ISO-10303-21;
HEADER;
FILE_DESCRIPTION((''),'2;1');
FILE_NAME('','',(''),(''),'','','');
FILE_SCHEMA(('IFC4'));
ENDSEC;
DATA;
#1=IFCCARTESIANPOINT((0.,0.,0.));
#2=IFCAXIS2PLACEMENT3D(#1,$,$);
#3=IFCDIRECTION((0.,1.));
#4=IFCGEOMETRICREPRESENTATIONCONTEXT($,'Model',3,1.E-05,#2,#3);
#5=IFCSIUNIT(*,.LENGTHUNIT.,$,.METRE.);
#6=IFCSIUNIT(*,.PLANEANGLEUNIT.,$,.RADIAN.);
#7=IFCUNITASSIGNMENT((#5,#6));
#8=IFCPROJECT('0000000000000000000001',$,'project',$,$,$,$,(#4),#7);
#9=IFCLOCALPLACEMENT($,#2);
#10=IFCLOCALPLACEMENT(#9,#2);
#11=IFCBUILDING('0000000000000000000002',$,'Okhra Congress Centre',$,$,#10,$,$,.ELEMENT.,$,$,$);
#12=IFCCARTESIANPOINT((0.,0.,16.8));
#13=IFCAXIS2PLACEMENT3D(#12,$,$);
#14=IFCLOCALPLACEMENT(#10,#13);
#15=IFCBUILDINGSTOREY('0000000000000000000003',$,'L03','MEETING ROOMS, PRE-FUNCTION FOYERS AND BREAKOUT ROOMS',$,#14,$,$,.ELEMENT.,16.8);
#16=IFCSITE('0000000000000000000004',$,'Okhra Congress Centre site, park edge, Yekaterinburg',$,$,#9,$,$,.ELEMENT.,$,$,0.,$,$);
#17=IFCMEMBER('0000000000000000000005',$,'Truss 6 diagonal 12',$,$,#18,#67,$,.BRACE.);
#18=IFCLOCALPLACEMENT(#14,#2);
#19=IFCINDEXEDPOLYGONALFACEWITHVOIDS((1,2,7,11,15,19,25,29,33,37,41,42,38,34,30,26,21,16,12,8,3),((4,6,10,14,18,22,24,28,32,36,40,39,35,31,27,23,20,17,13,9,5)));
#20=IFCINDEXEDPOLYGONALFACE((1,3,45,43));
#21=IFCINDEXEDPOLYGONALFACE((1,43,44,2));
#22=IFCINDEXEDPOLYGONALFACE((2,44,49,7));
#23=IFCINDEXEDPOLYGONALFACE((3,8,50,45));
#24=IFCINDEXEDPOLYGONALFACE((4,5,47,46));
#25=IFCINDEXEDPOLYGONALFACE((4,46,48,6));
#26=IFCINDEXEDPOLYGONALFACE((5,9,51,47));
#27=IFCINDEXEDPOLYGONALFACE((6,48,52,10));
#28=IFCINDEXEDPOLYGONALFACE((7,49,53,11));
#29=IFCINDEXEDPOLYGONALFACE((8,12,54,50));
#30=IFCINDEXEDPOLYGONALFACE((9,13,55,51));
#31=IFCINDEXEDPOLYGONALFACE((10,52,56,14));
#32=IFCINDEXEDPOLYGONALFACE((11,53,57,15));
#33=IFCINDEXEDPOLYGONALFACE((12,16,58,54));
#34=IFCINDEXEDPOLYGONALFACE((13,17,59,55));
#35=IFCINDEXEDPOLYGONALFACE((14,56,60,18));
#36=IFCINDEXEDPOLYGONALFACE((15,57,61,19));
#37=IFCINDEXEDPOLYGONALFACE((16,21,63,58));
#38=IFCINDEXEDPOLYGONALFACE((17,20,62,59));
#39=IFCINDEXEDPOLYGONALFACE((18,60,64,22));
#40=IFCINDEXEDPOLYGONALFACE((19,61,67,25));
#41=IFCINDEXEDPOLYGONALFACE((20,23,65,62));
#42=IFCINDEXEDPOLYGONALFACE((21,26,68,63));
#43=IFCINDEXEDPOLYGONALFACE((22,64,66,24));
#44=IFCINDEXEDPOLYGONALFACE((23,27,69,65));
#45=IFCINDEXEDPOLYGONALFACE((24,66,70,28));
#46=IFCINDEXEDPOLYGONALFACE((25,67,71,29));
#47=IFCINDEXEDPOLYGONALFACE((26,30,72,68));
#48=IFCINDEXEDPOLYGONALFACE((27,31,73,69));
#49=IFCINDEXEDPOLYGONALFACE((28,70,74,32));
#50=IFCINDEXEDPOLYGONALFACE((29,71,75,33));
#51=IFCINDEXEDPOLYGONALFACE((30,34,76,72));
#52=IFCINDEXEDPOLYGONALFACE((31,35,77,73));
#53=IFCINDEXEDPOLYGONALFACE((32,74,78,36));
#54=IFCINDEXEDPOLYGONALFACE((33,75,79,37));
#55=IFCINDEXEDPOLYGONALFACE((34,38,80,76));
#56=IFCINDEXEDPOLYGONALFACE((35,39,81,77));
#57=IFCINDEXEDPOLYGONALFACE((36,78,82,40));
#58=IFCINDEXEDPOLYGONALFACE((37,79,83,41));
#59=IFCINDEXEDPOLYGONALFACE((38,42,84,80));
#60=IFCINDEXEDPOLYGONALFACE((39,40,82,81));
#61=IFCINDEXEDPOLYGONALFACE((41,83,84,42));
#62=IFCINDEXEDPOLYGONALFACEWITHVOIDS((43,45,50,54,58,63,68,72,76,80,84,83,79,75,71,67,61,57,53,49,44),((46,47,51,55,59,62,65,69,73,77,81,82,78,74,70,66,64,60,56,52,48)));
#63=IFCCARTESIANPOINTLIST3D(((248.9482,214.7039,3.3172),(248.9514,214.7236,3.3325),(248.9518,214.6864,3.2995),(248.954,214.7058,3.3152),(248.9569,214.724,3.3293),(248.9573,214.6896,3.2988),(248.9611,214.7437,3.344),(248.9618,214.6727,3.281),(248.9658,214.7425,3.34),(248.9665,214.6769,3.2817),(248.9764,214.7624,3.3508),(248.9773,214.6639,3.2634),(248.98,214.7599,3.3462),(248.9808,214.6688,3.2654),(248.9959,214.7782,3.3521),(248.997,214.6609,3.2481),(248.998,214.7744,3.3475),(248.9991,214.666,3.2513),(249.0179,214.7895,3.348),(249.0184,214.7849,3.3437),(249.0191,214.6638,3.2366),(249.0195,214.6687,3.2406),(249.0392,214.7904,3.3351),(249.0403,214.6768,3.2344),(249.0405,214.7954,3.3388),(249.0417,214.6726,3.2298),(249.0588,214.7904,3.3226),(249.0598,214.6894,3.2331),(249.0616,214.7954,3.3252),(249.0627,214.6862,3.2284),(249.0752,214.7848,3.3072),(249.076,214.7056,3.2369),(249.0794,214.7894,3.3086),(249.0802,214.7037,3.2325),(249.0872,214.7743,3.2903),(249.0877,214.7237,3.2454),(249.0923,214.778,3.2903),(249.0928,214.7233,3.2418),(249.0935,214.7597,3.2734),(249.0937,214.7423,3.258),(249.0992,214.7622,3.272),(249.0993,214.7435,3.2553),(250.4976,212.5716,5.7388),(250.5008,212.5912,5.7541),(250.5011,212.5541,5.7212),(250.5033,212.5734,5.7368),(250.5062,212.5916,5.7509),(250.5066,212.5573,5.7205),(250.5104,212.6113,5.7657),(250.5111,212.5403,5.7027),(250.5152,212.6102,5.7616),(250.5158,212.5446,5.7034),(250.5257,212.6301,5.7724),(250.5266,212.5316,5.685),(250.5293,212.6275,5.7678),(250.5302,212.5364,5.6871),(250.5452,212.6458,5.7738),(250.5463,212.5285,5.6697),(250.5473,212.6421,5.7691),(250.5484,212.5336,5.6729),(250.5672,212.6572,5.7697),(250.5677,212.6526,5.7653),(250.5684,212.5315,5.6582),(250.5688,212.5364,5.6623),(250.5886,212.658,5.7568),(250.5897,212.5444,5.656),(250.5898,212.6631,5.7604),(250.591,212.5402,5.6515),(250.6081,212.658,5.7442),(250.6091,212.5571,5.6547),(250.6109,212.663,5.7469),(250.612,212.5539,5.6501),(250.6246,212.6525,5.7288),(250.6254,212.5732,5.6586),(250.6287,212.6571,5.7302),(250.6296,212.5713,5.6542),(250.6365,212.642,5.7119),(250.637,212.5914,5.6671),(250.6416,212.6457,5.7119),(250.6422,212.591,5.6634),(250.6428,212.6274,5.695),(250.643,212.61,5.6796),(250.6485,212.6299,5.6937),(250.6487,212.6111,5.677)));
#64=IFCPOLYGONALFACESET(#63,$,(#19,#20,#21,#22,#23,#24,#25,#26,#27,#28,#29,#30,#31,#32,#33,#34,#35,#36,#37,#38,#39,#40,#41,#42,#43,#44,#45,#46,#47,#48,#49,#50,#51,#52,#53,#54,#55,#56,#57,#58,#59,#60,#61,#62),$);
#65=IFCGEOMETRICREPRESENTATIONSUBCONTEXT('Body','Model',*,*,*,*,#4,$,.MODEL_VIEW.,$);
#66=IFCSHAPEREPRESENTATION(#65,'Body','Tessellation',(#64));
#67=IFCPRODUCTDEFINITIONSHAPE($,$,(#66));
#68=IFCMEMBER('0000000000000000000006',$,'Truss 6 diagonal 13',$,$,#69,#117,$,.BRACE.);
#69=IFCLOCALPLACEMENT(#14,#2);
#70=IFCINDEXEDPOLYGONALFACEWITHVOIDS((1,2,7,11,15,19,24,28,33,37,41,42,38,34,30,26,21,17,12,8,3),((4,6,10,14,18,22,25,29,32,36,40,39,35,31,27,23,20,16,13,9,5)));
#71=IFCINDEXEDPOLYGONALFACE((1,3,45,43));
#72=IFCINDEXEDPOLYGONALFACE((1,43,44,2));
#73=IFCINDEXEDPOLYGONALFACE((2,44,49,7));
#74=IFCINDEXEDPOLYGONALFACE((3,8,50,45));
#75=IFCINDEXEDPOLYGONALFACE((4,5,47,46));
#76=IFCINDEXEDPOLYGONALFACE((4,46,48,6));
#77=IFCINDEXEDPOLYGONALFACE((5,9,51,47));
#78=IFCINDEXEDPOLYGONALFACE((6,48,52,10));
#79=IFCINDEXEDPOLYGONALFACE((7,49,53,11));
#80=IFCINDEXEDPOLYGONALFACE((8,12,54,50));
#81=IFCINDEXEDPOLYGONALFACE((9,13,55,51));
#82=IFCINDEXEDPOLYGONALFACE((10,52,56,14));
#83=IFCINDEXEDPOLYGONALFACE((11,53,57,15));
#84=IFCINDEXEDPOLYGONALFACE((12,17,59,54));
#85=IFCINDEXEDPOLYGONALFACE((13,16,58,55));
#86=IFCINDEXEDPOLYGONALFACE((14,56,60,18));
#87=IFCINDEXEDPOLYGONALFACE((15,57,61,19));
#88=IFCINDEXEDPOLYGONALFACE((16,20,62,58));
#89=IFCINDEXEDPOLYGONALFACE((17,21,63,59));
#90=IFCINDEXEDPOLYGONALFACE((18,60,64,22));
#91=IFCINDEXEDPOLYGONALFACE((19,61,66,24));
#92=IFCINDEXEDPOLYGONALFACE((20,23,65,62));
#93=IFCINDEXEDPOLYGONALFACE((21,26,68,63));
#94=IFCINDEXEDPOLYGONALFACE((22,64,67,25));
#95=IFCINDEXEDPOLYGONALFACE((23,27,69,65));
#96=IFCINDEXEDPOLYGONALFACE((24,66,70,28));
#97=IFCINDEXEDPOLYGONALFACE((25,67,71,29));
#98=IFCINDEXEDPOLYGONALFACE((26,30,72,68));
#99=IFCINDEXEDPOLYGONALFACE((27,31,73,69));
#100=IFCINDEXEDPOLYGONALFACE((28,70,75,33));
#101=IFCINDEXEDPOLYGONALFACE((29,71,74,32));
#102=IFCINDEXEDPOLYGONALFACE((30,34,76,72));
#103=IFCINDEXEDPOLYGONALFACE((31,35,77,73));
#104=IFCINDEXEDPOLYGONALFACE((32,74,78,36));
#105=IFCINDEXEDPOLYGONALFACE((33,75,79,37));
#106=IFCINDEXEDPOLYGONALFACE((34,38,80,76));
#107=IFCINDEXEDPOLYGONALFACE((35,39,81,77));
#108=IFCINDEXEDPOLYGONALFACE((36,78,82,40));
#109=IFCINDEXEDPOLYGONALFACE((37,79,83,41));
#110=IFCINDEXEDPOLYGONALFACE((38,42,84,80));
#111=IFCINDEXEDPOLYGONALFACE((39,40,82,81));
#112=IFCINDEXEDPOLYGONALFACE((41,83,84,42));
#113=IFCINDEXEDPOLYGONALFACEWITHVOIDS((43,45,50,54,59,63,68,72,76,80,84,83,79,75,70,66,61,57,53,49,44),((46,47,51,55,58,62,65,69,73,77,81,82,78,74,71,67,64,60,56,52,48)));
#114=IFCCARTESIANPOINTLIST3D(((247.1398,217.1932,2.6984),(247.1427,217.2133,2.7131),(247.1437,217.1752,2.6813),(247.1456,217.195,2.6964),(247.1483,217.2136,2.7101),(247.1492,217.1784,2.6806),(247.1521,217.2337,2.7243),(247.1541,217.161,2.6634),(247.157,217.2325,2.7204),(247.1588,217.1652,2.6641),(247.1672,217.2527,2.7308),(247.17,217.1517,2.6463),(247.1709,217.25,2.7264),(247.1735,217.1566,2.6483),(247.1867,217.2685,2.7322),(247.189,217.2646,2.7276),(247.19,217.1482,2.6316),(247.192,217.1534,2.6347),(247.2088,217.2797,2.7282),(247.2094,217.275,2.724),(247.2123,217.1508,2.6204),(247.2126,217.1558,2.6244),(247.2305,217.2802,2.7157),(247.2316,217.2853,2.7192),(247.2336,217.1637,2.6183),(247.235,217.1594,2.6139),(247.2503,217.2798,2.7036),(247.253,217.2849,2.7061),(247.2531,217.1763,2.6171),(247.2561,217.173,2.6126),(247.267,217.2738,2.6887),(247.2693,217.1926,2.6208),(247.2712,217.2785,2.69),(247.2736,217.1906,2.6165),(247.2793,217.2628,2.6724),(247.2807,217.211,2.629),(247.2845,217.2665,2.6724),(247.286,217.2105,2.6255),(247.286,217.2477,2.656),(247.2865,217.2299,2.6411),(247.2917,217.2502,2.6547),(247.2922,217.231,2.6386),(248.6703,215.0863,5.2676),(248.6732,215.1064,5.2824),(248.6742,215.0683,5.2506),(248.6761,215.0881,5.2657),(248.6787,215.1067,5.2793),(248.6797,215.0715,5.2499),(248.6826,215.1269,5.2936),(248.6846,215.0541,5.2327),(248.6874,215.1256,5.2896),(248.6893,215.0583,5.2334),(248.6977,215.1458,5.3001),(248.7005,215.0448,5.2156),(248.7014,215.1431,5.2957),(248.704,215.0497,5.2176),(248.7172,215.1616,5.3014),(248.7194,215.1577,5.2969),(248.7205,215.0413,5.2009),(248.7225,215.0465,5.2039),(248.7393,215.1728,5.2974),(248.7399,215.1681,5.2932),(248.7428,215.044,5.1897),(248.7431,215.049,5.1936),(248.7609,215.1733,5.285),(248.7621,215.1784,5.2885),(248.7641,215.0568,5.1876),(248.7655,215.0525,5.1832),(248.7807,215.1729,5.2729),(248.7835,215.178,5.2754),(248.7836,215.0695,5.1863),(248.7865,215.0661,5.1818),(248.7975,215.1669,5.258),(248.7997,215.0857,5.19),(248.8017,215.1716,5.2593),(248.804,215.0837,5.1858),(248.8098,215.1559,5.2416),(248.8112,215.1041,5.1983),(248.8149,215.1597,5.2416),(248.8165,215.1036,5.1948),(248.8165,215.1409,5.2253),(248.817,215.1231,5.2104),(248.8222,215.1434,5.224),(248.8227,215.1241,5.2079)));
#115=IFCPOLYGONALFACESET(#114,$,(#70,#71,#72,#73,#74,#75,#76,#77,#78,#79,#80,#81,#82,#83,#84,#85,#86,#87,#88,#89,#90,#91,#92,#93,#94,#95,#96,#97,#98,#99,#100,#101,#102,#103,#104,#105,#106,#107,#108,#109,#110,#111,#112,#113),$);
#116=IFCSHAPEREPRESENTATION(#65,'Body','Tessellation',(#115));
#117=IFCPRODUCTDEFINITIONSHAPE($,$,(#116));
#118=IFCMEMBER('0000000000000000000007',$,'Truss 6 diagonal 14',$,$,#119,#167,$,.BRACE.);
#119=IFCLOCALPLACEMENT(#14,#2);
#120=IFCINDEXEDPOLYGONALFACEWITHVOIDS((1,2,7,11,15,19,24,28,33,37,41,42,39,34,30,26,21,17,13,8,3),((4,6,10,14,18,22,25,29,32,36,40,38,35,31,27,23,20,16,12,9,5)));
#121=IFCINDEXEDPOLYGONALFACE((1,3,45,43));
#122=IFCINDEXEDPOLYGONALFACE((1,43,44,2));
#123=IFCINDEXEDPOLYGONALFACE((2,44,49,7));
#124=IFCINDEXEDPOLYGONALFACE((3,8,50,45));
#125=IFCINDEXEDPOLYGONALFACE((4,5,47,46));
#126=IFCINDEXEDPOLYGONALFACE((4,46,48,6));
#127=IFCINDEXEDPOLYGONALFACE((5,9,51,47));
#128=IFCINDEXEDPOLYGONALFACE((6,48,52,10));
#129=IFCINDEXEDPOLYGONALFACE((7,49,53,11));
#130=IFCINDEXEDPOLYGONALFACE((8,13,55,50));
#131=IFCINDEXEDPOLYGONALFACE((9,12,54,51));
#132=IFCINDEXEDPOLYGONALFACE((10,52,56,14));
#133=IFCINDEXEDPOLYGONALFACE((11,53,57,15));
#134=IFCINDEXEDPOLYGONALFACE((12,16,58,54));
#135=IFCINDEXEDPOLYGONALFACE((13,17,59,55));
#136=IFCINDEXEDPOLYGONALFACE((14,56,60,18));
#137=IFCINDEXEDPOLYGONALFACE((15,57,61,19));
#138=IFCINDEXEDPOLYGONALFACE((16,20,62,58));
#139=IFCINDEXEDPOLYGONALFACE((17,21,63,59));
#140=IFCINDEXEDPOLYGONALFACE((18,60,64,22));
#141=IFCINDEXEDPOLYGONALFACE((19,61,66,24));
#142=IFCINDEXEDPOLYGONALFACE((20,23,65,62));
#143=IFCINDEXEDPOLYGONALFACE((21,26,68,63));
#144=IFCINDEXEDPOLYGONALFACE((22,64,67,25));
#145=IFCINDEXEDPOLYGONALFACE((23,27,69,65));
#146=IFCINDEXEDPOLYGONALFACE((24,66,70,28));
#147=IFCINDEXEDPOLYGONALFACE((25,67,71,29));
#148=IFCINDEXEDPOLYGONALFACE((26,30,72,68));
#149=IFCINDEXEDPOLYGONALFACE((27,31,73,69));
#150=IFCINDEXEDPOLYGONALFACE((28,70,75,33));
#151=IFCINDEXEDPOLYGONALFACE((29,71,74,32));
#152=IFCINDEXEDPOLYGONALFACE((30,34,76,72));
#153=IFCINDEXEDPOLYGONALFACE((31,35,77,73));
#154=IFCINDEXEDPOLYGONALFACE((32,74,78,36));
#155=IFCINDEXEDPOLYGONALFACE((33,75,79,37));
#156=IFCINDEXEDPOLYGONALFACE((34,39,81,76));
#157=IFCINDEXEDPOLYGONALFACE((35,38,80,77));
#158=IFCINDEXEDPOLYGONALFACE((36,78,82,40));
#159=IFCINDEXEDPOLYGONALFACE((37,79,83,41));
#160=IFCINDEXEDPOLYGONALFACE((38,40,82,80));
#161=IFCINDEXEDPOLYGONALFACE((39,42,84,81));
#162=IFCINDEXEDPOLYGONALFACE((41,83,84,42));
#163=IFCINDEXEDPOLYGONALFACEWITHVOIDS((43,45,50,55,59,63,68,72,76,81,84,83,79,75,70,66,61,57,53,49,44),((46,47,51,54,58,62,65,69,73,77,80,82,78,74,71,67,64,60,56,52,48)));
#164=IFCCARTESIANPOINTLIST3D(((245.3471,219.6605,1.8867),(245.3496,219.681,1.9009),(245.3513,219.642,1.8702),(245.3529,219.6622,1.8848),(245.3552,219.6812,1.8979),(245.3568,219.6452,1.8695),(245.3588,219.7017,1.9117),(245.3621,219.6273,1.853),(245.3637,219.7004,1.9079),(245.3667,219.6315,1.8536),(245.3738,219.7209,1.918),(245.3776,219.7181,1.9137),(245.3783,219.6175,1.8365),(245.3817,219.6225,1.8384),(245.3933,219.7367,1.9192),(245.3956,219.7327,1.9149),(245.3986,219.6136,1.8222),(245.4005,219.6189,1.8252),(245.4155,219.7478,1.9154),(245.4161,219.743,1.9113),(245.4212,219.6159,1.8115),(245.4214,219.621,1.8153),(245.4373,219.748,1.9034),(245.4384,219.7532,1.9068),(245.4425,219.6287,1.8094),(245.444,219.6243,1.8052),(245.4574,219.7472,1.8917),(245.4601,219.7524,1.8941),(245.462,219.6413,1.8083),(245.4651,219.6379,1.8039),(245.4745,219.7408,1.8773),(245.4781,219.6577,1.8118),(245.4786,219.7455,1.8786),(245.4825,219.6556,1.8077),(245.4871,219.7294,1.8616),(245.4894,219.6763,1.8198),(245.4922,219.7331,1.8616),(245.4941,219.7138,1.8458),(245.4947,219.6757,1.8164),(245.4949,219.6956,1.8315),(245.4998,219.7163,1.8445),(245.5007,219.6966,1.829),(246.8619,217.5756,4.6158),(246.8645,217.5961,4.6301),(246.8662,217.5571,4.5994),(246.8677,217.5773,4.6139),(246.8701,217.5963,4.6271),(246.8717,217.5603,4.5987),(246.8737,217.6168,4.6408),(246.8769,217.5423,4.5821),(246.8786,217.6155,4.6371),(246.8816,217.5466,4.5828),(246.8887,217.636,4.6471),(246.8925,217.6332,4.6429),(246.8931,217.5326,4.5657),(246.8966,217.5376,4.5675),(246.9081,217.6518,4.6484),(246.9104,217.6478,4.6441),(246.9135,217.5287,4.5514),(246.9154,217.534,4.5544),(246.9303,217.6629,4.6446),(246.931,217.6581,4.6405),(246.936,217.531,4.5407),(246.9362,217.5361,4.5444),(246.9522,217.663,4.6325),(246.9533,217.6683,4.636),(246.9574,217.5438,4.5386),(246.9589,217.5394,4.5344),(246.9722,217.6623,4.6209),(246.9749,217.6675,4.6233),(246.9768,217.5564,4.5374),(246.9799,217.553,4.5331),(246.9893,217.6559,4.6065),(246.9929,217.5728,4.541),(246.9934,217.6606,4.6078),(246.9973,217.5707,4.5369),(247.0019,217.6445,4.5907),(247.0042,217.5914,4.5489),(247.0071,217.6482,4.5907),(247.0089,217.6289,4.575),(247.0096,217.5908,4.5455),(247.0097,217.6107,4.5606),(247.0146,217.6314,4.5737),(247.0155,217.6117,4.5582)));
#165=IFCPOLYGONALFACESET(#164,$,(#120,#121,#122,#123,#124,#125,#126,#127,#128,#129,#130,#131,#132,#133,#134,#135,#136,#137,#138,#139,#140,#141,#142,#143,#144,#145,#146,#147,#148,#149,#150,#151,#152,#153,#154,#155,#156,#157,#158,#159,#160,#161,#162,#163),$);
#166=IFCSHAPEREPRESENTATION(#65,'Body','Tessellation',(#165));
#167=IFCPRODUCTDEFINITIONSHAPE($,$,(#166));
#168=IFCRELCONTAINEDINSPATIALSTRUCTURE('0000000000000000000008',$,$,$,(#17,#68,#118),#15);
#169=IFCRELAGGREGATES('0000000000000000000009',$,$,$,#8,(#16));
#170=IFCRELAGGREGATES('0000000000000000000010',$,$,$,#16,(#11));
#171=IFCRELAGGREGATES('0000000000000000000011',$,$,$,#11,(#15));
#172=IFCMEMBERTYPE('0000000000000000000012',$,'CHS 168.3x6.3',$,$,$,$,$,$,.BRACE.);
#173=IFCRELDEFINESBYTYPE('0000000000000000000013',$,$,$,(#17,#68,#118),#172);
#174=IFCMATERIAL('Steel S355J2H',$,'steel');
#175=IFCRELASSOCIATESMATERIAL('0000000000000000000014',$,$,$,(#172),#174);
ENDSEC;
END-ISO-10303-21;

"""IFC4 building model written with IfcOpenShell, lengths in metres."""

from ifc_helpers import new_model, si_unit, direction, frame, origin, origin_2d, place, context, subcontext, project, spatial, hollow_circle, extrude, material, material_profile, profile_set, type_object, element, save


model = new_model("IFC4")

# Units and contexts
model_context = context("Model", 3, precision=1e-05, world=origin(), true_north=direction((0.0, 1.0)))
body_context = subcontext(model_context, "Body", "Model", "MODEL_VIEW")
ifc_project = project(units=[si_unit("LENGTHUNIT", "METRE"), si_unit("PLANEANGLEUNIT", "RADIAN")], contexts=[model_context])

# Site, building, storey
site_placement = place(None, origin())
site = spatial("IfcSite", under=ifc_project, at=site_placement, Name="Okhra Congress Centre site, park edge, Yekaterinburg", CompositionType="ELEMENT", RefElevation=0.0)
building_placement = place(site_placement, origin())
building = spatial("IfcBuilding", under=site, at=building_placement, Name="Okhra Congress Centre", CompositionType="ELEMENT")
storey_placement = place(building_placement, frame((0.0, 0.0, 16.8)))
storey = spatial("IfcBuildingStorey", under=building, at=storey_placement, Name="L03", Description="MEETING ROOMS, PRE-FUNCTION FOYERS AND BREAKOUT ROOMS", CompositionType="ELEMENT", Elevation=16.8)

# Members
ifc_material_1 = material(Name="Steel S355J2H", Category="steel")
ifc_material_profile_1 = material_profile(ifc_material_1, hollow_circle(Radius=0.0842, WallThickness=0.0063, at=origin_2d()), Name="CHS 168.3x6.3")
ifc_profile_set_1 = profile_set([ifc_material_profile_1], Name="Steel S355J2H")
member_type_1 = type_object("IfcMemberType", Name="CHS 168.3x6.3", PredefinedType="BRACE", material=ifc_profile_set_1)
member_1_placement = place(storey_placement, frame((249.0242, 214.7285, 3.2903), z_axis=(0.432853, -0.595736, 0.676563), x_axis=(0.809, 0.587808, 0.0)))
element("IfcMember", 1, at=member_1_placement, inside=storey, type_object=member_type_1, Name="Truss 6 diagonal 12", PredefinedType="BRACE", context=body_context, shape_type="SweptSolid", body=[
    extrude(hollow_circle(Radius=0.0842, WallThickness=0.0063, at=origin_2d()), origin(), (0.0, 0.0, 1.0), 3.5793),
])
member_2_placement = place(storey_placement, frame((247.2163, 217.217, 2.6724), z_axis=(0.418369, -0.575933, 0.702331), x_axis=(0.809064, 0.58772, 0.0)))
element("IfcMember", 2, at=member_2_placement, inside=storey, type_object=member_type_1, Name="Truss 6 diagonal 13", PredefinedType="BRACE", context=body_context, shape_type="SweptSolid", body=[
    extrude(hollow_circle(Radius=0.0842, WallThickness=0.0063, at=origin_2d()), origin(), (0.0, 0.0, 1.0), 3.6582),
])
member_3_placement = place(storey_placement, frame((245.4241, 219.6836, 1.8616), z_axis=(0.403566, -0.555432, 0.727069), x_axis=(0.809002, 0.587806, 0.0)))
element("IfcMember", 3, at=member_3_placement, inside=storey, type_object=member_type_1, Name="Truss 6 diagonal 14", PredefinedType="BRACE", context=body_context, shape_type="SweptSolid", body=[
    extrude(hollow_circle(Radius=0.0842, WallThickness=0.0063, at=origin_2d()), origin(), (0.0, 0.0, 1.0), 3.7537),
])

save(model, "model.ifc")
